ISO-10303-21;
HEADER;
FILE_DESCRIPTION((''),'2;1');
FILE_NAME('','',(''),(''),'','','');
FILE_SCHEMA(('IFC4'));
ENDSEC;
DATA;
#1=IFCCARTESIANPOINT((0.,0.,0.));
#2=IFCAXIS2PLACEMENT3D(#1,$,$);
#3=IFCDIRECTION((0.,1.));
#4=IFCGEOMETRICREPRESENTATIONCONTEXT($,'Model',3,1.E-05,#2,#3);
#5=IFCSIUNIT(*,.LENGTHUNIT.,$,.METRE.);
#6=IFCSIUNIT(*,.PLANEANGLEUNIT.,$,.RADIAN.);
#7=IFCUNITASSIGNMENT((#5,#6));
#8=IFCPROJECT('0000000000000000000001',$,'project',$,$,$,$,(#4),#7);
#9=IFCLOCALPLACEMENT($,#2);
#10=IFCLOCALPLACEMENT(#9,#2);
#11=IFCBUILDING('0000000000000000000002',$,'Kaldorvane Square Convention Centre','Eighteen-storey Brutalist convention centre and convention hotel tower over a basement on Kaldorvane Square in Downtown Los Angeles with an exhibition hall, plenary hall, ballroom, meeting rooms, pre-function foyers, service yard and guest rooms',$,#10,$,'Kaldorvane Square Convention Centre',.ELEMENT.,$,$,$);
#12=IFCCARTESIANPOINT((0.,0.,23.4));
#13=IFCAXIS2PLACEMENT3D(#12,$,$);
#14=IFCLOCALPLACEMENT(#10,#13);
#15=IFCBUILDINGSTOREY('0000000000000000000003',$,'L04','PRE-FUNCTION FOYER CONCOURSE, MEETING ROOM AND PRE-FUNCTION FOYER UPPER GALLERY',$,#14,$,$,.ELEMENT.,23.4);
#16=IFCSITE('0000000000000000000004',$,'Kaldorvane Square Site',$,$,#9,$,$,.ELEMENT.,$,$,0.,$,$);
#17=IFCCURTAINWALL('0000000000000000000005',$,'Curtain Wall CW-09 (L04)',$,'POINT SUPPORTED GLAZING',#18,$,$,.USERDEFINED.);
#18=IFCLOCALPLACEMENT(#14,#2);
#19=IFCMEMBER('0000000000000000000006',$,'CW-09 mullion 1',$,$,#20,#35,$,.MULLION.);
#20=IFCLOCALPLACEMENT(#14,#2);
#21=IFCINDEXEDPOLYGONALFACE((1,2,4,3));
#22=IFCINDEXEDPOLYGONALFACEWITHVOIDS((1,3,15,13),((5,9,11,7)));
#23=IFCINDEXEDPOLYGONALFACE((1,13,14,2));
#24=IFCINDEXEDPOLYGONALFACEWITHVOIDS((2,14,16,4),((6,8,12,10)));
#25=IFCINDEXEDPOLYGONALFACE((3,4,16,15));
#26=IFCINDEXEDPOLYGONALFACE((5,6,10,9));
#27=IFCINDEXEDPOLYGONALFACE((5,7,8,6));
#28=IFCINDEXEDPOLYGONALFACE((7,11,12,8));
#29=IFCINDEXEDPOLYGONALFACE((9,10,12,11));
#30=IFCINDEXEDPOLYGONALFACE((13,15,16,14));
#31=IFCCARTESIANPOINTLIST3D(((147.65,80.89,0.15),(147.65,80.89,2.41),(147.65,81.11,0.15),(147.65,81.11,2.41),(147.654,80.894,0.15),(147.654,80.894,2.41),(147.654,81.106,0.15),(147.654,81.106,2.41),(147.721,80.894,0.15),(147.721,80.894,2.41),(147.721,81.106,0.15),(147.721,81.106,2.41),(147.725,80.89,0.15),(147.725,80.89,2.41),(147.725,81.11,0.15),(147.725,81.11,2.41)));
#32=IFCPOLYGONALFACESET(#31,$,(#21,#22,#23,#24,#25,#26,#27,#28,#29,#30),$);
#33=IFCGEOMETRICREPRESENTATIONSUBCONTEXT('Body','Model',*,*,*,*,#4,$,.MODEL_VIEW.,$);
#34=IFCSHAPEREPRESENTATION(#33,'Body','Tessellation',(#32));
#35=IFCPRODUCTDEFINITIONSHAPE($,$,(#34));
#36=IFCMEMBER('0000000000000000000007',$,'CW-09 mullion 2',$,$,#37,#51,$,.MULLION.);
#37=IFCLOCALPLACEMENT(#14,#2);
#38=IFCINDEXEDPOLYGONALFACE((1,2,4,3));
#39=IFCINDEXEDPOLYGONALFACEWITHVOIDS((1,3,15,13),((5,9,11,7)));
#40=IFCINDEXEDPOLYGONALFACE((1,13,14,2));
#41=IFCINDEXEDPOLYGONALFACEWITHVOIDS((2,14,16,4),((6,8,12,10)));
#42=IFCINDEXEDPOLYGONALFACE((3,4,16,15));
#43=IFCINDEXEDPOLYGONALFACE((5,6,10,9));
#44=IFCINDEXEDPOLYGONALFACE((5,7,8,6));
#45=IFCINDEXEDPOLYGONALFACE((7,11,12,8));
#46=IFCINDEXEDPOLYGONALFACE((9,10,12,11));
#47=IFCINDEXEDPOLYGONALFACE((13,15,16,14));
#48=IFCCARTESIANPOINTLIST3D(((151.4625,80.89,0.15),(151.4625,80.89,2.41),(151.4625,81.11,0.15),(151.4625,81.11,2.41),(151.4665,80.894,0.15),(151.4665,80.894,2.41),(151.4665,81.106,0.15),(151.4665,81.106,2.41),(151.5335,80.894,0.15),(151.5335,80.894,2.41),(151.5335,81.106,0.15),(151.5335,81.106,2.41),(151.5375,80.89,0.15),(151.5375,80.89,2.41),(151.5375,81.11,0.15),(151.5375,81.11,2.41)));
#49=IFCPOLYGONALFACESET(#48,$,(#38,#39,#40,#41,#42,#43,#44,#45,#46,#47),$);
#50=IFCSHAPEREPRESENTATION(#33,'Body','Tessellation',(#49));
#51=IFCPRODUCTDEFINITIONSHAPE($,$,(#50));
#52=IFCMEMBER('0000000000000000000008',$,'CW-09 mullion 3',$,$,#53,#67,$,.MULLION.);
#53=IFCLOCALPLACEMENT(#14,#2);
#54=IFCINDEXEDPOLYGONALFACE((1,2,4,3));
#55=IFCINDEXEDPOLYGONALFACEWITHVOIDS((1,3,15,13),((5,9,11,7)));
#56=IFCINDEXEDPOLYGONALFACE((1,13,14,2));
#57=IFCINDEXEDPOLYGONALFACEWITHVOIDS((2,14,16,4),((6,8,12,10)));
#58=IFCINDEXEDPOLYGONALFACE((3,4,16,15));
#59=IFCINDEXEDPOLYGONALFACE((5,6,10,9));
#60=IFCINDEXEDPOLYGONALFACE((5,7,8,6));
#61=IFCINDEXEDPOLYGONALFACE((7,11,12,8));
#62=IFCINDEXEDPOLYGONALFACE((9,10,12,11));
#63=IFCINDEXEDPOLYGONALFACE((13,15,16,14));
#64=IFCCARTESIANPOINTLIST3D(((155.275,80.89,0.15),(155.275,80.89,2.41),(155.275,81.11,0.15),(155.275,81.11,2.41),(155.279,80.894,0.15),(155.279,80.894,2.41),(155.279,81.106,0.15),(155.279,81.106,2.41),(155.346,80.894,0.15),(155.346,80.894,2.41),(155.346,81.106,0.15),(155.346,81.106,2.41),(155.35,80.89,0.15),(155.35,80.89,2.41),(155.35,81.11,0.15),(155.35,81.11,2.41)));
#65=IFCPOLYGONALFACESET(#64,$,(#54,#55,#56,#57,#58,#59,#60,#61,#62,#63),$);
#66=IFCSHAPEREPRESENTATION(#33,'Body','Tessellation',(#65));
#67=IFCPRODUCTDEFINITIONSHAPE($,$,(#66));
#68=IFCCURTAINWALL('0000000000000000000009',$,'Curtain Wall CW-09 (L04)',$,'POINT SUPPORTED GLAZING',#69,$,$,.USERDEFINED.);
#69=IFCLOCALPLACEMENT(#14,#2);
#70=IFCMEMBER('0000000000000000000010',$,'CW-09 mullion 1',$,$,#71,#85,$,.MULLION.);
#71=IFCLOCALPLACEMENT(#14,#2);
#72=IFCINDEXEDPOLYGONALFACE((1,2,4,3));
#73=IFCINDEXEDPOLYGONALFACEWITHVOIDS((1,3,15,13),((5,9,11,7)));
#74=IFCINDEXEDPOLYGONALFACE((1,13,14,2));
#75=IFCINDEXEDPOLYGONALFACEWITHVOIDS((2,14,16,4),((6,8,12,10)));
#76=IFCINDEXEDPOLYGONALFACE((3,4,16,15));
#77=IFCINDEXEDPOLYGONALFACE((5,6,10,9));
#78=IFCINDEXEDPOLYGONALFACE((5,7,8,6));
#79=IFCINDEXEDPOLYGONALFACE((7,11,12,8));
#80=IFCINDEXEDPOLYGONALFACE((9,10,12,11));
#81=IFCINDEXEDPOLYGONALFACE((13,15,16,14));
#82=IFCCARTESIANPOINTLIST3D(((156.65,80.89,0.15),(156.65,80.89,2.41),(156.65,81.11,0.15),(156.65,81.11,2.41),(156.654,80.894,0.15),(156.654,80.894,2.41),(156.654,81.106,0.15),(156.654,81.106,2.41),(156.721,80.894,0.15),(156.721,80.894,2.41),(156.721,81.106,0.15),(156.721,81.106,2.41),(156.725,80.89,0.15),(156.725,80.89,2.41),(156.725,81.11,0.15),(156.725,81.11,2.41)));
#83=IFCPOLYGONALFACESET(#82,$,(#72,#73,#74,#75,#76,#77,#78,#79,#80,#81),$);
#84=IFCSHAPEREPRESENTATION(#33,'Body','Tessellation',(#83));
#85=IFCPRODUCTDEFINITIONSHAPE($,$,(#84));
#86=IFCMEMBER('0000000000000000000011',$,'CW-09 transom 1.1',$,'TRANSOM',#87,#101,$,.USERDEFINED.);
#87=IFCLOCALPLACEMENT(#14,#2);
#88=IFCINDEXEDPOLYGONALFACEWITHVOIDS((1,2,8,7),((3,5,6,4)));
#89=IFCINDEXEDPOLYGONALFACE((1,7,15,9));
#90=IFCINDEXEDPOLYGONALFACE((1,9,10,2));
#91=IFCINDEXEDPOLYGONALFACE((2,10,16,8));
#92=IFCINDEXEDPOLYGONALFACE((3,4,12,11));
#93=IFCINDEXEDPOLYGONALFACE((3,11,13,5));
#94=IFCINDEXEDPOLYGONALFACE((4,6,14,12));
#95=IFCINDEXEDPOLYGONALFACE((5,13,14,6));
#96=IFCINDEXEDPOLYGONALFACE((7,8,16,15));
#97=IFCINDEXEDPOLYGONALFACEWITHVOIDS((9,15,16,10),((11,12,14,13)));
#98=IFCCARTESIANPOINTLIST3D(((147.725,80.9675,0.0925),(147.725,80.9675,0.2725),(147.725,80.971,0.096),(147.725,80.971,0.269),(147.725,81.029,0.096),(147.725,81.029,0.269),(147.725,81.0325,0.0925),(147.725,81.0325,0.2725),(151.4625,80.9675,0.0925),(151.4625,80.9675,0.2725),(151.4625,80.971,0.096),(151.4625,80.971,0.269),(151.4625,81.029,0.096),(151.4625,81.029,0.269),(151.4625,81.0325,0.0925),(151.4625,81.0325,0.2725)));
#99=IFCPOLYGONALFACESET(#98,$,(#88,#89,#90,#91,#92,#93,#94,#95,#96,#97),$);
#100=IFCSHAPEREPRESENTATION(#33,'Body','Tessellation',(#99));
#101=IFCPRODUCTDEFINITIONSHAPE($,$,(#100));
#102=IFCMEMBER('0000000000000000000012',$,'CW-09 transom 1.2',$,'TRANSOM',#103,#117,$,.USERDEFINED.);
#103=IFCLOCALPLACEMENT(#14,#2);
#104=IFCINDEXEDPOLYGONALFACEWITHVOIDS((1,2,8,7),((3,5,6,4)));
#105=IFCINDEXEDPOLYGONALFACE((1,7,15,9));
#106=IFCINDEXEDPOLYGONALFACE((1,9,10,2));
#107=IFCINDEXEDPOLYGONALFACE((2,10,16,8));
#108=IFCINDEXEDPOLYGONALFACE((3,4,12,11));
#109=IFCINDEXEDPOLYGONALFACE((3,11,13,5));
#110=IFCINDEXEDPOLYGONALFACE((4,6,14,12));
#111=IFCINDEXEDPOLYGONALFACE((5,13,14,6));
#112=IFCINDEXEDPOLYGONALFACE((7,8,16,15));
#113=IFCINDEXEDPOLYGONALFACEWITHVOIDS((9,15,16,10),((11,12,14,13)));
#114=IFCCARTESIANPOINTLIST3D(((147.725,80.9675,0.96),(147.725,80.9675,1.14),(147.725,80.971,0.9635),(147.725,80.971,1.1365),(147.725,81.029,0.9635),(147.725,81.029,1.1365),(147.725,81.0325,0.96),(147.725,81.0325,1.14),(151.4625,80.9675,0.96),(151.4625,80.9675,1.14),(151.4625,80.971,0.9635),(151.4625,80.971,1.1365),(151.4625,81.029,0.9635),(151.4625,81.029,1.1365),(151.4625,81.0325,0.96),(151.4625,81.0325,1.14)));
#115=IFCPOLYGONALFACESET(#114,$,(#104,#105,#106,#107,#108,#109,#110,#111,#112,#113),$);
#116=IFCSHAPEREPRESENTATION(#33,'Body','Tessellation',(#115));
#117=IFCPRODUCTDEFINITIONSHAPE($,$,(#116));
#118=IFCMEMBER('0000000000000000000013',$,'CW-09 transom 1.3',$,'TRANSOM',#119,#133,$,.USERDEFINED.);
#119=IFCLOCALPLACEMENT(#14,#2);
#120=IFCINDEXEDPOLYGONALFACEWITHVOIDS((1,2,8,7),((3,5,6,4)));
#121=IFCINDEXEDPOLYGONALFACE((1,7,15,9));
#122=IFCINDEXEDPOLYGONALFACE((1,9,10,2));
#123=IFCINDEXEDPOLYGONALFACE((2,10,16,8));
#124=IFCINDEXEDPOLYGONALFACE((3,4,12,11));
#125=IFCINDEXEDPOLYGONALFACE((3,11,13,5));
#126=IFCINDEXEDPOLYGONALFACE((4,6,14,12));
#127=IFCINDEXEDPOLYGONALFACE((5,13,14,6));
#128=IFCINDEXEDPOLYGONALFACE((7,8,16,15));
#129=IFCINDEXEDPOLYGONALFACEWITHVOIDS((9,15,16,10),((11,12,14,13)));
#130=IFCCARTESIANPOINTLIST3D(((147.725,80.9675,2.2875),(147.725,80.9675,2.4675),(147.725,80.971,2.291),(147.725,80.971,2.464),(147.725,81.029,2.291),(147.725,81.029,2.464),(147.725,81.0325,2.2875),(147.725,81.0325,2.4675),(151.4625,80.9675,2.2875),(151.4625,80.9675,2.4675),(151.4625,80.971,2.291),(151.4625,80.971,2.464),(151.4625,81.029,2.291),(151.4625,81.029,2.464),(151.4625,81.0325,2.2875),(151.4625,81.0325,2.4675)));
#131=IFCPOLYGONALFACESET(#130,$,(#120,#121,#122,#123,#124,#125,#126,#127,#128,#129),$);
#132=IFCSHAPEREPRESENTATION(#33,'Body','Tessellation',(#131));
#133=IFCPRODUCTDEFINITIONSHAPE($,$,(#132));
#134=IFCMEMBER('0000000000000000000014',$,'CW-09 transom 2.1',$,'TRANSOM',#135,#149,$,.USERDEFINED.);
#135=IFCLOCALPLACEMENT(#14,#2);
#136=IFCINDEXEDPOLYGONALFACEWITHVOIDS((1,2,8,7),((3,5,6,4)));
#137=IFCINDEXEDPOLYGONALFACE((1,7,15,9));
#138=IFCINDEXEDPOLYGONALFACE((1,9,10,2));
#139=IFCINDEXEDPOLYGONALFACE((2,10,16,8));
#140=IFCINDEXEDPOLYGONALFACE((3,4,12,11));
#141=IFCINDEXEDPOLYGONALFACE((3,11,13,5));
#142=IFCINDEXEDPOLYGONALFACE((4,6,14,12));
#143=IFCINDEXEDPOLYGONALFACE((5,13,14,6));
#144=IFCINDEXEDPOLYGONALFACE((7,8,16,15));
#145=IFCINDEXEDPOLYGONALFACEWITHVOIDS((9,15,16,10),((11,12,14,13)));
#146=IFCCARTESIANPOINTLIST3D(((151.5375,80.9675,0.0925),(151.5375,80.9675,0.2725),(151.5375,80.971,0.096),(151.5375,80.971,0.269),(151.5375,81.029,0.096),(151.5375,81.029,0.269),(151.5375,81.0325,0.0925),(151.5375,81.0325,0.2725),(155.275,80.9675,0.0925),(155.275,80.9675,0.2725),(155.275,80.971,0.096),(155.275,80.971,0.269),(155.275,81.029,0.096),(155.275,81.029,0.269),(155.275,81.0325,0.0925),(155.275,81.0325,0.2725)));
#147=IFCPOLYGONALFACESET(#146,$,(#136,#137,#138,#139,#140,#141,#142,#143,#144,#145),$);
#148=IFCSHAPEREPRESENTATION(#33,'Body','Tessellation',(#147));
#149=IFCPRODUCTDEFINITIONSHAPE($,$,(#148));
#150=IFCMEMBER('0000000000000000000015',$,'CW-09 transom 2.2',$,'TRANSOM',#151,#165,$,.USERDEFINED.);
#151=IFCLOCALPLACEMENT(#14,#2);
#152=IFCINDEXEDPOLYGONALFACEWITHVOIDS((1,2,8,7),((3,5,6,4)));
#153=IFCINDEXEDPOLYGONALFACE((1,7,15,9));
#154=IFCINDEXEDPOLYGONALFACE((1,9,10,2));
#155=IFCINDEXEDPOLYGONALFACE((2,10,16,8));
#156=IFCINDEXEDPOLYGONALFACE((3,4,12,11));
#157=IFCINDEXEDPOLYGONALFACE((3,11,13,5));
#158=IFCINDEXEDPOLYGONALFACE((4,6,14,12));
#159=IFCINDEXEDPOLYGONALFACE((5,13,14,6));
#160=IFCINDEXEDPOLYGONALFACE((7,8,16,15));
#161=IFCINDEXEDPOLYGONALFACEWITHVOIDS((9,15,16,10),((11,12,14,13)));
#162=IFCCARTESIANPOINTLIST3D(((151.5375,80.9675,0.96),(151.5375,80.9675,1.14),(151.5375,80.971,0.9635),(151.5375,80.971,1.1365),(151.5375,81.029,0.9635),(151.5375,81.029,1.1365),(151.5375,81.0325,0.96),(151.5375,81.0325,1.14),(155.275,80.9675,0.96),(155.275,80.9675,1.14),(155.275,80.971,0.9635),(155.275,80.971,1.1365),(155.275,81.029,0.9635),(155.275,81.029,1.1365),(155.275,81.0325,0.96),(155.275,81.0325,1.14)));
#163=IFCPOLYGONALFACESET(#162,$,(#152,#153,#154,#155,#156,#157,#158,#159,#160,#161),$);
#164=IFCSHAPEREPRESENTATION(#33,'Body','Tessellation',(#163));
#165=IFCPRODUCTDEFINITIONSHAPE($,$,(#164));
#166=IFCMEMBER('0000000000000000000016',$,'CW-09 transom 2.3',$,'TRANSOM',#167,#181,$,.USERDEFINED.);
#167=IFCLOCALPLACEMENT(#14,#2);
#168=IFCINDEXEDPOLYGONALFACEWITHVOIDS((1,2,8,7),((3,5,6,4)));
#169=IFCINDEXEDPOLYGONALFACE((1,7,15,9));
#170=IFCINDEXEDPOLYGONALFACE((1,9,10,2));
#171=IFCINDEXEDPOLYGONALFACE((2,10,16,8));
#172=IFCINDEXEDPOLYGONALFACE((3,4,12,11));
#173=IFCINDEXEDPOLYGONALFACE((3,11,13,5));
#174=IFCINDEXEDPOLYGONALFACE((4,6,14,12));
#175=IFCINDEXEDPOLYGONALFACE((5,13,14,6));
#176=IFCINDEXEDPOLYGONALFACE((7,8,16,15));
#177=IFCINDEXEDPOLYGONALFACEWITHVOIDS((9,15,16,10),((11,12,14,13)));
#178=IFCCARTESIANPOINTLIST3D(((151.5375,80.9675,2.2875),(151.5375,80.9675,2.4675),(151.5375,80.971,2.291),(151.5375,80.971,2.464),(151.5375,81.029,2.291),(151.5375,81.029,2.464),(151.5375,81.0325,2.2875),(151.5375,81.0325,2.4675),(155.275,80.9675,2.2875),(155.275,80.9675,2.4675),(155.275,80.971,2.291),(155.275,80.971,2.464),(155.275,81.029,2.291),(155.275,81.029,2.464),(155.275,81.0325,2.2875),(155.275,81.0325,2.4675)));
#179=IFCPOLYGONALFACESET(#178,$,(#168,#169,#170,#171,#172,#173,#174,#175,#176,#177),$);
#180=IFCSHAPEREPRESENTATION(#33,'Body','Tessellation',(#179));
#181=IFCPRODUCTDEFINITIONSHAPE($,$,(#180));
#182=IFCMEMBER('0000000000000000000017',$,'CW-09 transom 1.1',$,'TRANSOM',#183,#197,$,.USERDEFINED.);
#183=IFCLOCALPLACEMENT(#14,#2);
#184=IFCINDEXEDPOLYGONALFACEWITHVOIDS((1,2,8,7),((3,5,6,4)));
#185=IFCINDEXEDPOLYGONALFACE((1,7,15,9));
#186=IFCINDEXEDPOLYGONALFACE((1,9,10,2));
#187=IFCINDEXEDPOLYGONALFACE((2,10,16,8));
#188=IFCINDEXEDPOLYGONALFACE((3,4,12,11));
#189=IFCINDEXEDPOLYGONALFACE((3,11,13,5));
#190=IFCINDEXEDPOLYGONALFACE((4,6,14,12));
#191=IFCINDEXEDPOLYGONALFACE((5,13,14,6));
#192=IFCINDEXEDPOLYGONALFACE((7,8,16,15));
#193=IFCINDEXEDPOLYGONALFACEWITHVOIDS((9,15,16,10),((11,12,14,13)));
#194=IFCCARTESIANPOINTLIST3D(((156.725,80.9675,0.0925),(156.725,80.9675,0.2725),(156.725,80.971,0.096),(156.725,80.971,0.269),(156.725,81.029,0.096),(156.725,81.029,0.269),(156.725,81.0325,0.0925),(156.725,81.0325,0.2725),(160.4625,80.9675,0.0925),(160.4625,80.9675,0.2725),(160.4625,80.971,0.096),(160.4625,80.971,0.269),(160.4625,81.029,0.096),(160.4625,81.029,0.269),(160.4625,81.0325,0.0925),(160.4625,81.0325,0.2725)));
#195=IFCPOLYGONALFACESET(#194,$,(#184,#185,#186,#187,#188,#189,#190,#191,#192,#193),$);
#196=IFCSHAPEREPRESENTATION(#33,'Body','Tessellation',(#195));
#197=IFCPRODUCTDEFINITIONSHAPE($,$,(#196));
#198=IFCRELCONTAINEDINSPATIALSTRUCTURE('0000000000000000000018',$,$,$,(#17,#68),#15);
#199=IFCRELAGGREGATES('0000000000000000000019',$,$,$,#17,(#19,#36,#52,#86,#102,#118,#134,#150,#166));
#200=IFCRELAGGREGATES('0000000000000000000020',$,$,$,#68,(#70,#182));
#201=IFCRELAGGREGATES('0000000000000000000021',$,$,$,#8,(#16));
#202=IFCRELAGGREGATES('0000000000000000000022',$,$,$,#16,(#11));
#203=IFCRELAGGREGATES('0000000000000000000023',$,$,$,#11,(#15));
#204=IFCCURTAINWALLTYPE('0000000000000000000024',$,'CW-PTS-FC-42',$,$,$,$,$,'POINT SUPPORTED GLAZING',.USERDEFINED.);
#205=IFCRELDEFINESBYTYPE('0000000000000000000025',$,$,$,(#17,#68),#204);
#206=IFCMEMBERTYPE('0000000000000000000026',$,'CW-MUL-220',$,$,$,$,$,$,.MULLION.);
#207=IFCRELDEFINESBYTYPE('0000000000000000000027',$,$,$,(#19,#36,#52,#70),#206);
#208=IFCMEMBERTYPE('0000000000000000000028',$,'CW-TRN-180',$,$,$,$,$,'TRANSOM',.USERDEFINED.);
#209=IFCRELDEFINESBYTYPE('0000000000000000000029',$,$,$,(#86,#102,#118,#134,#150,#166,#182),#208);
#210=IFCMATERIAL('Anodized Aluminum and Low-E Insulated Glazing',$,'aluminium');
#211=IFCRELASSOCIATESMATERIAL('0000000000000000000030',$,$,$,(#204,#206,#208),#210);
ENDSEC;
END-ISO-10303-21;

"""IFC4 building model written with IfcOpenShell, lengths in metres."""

from ifc_helpers import new_model, si_unit, direction, frame, origin, origin_2d, place, context, subcontext, project, spatial, hollow_rectangle, extrude, material, material_profile, profile_set, type_object, element, aggregate, save


model = new_model("IFC4")

# Units and contexts
model_context = context("Model", 3, precision=1e-05, world=origin(), true_north=direction((0.0, 1.0)))
body_context = subcontext(model_context, "Body", "Model", "MODEL_VIEW")
ifc_project = project(units=[si_unit("LENGTHUNIT", "METRE"), si_unit("PLANEANGLEUNIT", "RADIAN")], contexts=[model_context])

# Site, building, storey
site_placement = place(None, origin())
site = spatial("IfcSite", under=ifc_project, at=site_placement, Name="Kaldorvane Square Site", CompositionType="ELEMENT", RefElevation=0.0)
building_placement = place(site_placement, origin())
building = spatial("IfcBuilding", under=site, at=building_placement, Name="Kaldorvane Square Convention Centre", Description="Eighteen-storey Brutalist convention centre and convention hotel tower over a basement on Kaldorvane Square in Downtown Los Angeles with an exhibition hall, plenary hall, ballroom, meeting rooms, pre-function foyers, service yard and guest rooms", LongName="Kaldorvane Square Convention Centre", CompositionType="ELEMENT")
storey_placement = place(building_placement, frame((0.0, 0.0, 23.4)))
storey = spatial("IfcBuildingStorey", under=building, at=storey_placement, Name="L04", Description="PRE-FUNCTION FOYER CONCOURSE, MEETING ROOM AND PRE-FUNCTION FOYER UPPER GALLERY", CompositionType="ELEMENT", Elevation=23.4)

# Curtain wall, members
ifc_material_1 = material(Name="Anodized Aluminum and Low-E Insulated Glazing", Category="aluminium")
curtain_wall_type = type_object("IfcCurtainWallType", Name="CW-PTS-FC-42", ElementType="POINT SUPPORTED GLAZING", PredefinedType="USERDEFINED", material=ifc_material_1)
curtain_wall_1_placement = place(storey_placement, origin())
curtain_wall_1 = element("IfcCurtainWall", 1, at=curtain_wall_1_placement, inside=storey, type_object=curtain_wall_type, Name="Curtain Wall CW-09 (L04)", ObjectType="POINT SUPPORTED GLAZING", PredefinedType="USERDEFINED")
ifc_material_profile_1 = material_profile(ifc_material_1, hollow_rectangle(XDim=0.075, YDim=0.22, WallThickness=0.004, at=origin_2d()), Name="CWM-220X75")
ifc_profile_set_1 = profile_set([ifc_material_profile_1], Name="Anodized Aluminum and Low-E Insulated Glazing")
member_type_1 = type_object("IfcMemberType", Name="CW-MUL-220", PredefinedType="MULLION", material=ifc_profile_set_1)
member_1_placement = place(storey_placement, frame((147.6875, 81.0, 0.15), z_axis=(0.0, 0.0, 1.0), x_axis=(1.0, 0.0, 0.0)))
member_1 = element("IfcMember", 2, at=member_1_placement, type_object=member_type_1, Name="CW-09 mullion 1", PredefinedType="MULLION", context=body_context, shape_type="SweptSolid", body=[
    extrude(hollow_rectangle(XDim=0.075, YDim=0.22, WallThickness=0.004, at=origin_2d()), origin(), (0.0, 0.0, 1.0), 2.26),
])
member_2_placement = place(storey_placement, frame((151.5, 81.0, 0.15), z_axis=(0.0, 0.0, 1.0), x_axis=(1.0, 0.0, 0.0)))
member_2 = element("IfcMember", 3, at=member_2_placement, type_object=member_type_1, Name="CW-09 mullion 2", PredefinedType="MULLION", context=body_context, shape_type="SweptSolid", body=[
    extrude(hollow_rectangle(XDim=0.075, YDim=0.22, WallThickness=0.004, at=origin_2d()), origin(), (0.0, 0.0, 1.0), 2.26),
])
member_3_placement = place(storey_placement, frame((155.3125, 81.0, 0.15), z_axis=(0.0, 0.0, 1.0), x_axis=(1.0, 0.0, 0.0)))
member_3 = element("IfcMember", 4, at=member_3_placement, type_object=member_type_1, Name="CW-09 mullion 3", PredefinedType="MULLION", context=body_context, shape_type="SweptSolid", body=[
    extrude(hollow_rectangle(XDim=0.075, YDim=0.22, WallThickness=0.004, at=origin_2d()), origin(), (0.0, 0.0, 1.0), 2.26),
])

# Curtain wall, member
curtain_wall_2_placement = place(storey_placement, origin())
curtain_wall_2 = element("IfcCurtainWall", 5, at=curtain_wall_2_placement, inside=storey, type_object=curtain_wall_type, Name="Curtain Wall CW-09 (L04)", ObjectType="POINT SUPPORTED GLAZING", PredefinedType="USERDEFINED")
member_4_placement = place(storey_placement, frame((156.6875, 81.0, 0.15), z_axis=(0.0, 0.0, 1.0), x_axis=(1.0, 0.0, 0.0)))
member_4 = element("IfcMember", 6, at=member_4_placement, type_object=member_type_1, Name="CW-09 mullion 1", PredefinedType="MULLION", context=body_context, shape_type="SweptSolid", body=[
    extrude(hollow_rectangle(XDim=0.075, YDim=0.22, WallThickness=0.004, at=origin_2d()), origin(), (0.0, 0.0, 1.0), 2.26),
])

# Members
ifc_material_profile_2 = material_profile(ifc_material_1, hollow_rectangle(XDim=0.065, YDim=0.18, WallThickness=0.0035, at=origin_2d()), Name="CWT-180X65")
ifc_profile_set_2 = profile_set([ifc_material_profile_2], Name="Anodized Aluminum and Low-E Insulated Glazing")
member_type_2 = type_object("IfcMemberType", Name="CW-TRN-180", ElementType="TRANSOM", PredefinedType="USERDEFINED", material=ifc_profile_set_2)
member_5_placement = place(storey_placement, frame((147.725, 81.0, 0.1825), z_axis=(1.0, 0.0, 0.0), x_axis=(0.0, 1.0, 0.0)))
member_5 = element("IfcMember", 7, at=member_5_placement, type_object=member_type_2, Name="CW-09 transom 1.1", ObjectType="TRANSOM", PredefinedType="USERDEFINED", context=body_context, shape_type="SweptSolid", body=[
    extrude(hollow_rectangle(XDim=0.065, YDim=0.18, WallThickness=0.0035, at=origin_2d()), origin(), (0.0, 0.0, 1.0), 3.7375),
])
member_6_placement = place(storey_placement, frame((147.725, 81.0, 1.05), z_axis=(1.0, 0.0, 0.0), x_axis=(0.0, 1.0, 0.0)))
member_6 = element("IfcMember", 8, at=member_6_placement, type_object=member_type_2, Name="CW-09 transom 1.2", ObjectType="TRANSOM", PredefinedType="USERDEFINED", context=body_context, shape_type="SweptSolid", body=[
    extrude(hollow_rectangle(XDim=0.065, YDim=0.18, WallThickness=0.0035, at=origin_2d()), origin(), (0.0, 0.0, 1.0), 3.7375),
])
member_7_placement = place(storey_placement, frame((147.725, 81.0, 2.3775), z_axis=(1.0, 0.0, 0.0), x_axis=(0.0, 1.0, 0.0)))
member_7 = element("IfcMember", 9, at=member_7_placement, type_object=member_type_2, Name="CW-09 transom 1.3", ObjectType="TRANSOM", PredefinedType="USERDEFINED", context=body_context, shape_type="SweptSolid", body=[
    extrude(hollow_rectangle(XDim=0.065, YDim=0.18, WallThickness=0.0035, at=origin_2d()), origin(), (0.0, 0.0, 1.0), 3.7375),
])
member_8_placement = place(storey_placement, frame((151.5375, 81.0, 0.1825), z_axis=(1.0, 0.0, 0.0), x_axis=(0.0, 1.0, 0.0)))
member_8 = element("IfcMember", 10, at=member_8_placement, type_object=member_type_2, Name="CW-09 transom 2.1", ObjectType="TRANSOM", PredefinedType="USERDEFINED", context=body_context, shape_type="SweptSolid", body=[
    extrude(hollow_rectangle(XDim=0.065, YDim=0.18, WallThickness=0.0035, at=origin_2d()), origin(), (0.0, 0.0, 1.0), 3.7375),
])
member_9_placement = place(storey_placement, frame((151.5375, 81.0, 1.05), z_axis=(1.0, 0.0, 0.0), x_axis=(0.0, 1.0, 0.0)))
member_9 = element("IfcMember", 11, at=member_9_placement, type_object=member_type_2, Name="CW-09 transom 2.2", ObjectType="TRANSOM", PredefinedType="USERDEFINED", context=body_context, shape_type="SweptSolid", body=[
    extrude(hollow_rectangle(XDim=0.065, YDim=0.18, WallThickness=0.0035, at=origin_2d()), origin(), (0.0, 0.0, 1.0), 3.7375),
])
member_10_placement = place(storey_placement, frame((151.5375, 81.0, 2.3775), z_axis=(1.0, 0.0, 0.0), x_axis=(0.0, 1.0, 0.0)))
member_10 = element("IfcMember", 12, at=member_10_placement, type_object=member_type_2, Name="CW-09 transom 2.3", ObjectType="TRANSOM", PredefinedType="USERDEFINED", context=body_context, shape_type="SweptSolid", body=[
    extrude(hollow_rectangle(XDim=0.065, YDim=0.18, WallThickness=0.0035, at=origin_2d()), origin(), (0.0, 0.0, 1.0), 3.7375),
])
member_11_placement = place(storey_placement, frame((156.725, 81.0, 0.1825), z_axis=(1.0, 0.0, 0.0), x_axis=(0.0, 1.0, 0.0)))
member_11 = element("IfcMember", 13, at=member_11_placement, type_object=member_type_2, Name="CW-09 transom 1.1", ObjectType="TRANSOM", PredefinedType="USERDEFINED", context=body_context, shape_type="SweptSolid", body=[
    extrude(hollow_rectangle(XDim=0.065, YDim=0.18, WallThickness=0.0035, at=origin_2d()), origin(), (0.0, 0.0, 1.0), 3.7375),
])

aggregate(curtain_wall_1, [member_1, member_2, member_3, member_5, member_6, member_7, member_8, member_9, member_10])
aggregate(curtain_wall_2, [member_4, member_11])

save(model, "model.ifc")
